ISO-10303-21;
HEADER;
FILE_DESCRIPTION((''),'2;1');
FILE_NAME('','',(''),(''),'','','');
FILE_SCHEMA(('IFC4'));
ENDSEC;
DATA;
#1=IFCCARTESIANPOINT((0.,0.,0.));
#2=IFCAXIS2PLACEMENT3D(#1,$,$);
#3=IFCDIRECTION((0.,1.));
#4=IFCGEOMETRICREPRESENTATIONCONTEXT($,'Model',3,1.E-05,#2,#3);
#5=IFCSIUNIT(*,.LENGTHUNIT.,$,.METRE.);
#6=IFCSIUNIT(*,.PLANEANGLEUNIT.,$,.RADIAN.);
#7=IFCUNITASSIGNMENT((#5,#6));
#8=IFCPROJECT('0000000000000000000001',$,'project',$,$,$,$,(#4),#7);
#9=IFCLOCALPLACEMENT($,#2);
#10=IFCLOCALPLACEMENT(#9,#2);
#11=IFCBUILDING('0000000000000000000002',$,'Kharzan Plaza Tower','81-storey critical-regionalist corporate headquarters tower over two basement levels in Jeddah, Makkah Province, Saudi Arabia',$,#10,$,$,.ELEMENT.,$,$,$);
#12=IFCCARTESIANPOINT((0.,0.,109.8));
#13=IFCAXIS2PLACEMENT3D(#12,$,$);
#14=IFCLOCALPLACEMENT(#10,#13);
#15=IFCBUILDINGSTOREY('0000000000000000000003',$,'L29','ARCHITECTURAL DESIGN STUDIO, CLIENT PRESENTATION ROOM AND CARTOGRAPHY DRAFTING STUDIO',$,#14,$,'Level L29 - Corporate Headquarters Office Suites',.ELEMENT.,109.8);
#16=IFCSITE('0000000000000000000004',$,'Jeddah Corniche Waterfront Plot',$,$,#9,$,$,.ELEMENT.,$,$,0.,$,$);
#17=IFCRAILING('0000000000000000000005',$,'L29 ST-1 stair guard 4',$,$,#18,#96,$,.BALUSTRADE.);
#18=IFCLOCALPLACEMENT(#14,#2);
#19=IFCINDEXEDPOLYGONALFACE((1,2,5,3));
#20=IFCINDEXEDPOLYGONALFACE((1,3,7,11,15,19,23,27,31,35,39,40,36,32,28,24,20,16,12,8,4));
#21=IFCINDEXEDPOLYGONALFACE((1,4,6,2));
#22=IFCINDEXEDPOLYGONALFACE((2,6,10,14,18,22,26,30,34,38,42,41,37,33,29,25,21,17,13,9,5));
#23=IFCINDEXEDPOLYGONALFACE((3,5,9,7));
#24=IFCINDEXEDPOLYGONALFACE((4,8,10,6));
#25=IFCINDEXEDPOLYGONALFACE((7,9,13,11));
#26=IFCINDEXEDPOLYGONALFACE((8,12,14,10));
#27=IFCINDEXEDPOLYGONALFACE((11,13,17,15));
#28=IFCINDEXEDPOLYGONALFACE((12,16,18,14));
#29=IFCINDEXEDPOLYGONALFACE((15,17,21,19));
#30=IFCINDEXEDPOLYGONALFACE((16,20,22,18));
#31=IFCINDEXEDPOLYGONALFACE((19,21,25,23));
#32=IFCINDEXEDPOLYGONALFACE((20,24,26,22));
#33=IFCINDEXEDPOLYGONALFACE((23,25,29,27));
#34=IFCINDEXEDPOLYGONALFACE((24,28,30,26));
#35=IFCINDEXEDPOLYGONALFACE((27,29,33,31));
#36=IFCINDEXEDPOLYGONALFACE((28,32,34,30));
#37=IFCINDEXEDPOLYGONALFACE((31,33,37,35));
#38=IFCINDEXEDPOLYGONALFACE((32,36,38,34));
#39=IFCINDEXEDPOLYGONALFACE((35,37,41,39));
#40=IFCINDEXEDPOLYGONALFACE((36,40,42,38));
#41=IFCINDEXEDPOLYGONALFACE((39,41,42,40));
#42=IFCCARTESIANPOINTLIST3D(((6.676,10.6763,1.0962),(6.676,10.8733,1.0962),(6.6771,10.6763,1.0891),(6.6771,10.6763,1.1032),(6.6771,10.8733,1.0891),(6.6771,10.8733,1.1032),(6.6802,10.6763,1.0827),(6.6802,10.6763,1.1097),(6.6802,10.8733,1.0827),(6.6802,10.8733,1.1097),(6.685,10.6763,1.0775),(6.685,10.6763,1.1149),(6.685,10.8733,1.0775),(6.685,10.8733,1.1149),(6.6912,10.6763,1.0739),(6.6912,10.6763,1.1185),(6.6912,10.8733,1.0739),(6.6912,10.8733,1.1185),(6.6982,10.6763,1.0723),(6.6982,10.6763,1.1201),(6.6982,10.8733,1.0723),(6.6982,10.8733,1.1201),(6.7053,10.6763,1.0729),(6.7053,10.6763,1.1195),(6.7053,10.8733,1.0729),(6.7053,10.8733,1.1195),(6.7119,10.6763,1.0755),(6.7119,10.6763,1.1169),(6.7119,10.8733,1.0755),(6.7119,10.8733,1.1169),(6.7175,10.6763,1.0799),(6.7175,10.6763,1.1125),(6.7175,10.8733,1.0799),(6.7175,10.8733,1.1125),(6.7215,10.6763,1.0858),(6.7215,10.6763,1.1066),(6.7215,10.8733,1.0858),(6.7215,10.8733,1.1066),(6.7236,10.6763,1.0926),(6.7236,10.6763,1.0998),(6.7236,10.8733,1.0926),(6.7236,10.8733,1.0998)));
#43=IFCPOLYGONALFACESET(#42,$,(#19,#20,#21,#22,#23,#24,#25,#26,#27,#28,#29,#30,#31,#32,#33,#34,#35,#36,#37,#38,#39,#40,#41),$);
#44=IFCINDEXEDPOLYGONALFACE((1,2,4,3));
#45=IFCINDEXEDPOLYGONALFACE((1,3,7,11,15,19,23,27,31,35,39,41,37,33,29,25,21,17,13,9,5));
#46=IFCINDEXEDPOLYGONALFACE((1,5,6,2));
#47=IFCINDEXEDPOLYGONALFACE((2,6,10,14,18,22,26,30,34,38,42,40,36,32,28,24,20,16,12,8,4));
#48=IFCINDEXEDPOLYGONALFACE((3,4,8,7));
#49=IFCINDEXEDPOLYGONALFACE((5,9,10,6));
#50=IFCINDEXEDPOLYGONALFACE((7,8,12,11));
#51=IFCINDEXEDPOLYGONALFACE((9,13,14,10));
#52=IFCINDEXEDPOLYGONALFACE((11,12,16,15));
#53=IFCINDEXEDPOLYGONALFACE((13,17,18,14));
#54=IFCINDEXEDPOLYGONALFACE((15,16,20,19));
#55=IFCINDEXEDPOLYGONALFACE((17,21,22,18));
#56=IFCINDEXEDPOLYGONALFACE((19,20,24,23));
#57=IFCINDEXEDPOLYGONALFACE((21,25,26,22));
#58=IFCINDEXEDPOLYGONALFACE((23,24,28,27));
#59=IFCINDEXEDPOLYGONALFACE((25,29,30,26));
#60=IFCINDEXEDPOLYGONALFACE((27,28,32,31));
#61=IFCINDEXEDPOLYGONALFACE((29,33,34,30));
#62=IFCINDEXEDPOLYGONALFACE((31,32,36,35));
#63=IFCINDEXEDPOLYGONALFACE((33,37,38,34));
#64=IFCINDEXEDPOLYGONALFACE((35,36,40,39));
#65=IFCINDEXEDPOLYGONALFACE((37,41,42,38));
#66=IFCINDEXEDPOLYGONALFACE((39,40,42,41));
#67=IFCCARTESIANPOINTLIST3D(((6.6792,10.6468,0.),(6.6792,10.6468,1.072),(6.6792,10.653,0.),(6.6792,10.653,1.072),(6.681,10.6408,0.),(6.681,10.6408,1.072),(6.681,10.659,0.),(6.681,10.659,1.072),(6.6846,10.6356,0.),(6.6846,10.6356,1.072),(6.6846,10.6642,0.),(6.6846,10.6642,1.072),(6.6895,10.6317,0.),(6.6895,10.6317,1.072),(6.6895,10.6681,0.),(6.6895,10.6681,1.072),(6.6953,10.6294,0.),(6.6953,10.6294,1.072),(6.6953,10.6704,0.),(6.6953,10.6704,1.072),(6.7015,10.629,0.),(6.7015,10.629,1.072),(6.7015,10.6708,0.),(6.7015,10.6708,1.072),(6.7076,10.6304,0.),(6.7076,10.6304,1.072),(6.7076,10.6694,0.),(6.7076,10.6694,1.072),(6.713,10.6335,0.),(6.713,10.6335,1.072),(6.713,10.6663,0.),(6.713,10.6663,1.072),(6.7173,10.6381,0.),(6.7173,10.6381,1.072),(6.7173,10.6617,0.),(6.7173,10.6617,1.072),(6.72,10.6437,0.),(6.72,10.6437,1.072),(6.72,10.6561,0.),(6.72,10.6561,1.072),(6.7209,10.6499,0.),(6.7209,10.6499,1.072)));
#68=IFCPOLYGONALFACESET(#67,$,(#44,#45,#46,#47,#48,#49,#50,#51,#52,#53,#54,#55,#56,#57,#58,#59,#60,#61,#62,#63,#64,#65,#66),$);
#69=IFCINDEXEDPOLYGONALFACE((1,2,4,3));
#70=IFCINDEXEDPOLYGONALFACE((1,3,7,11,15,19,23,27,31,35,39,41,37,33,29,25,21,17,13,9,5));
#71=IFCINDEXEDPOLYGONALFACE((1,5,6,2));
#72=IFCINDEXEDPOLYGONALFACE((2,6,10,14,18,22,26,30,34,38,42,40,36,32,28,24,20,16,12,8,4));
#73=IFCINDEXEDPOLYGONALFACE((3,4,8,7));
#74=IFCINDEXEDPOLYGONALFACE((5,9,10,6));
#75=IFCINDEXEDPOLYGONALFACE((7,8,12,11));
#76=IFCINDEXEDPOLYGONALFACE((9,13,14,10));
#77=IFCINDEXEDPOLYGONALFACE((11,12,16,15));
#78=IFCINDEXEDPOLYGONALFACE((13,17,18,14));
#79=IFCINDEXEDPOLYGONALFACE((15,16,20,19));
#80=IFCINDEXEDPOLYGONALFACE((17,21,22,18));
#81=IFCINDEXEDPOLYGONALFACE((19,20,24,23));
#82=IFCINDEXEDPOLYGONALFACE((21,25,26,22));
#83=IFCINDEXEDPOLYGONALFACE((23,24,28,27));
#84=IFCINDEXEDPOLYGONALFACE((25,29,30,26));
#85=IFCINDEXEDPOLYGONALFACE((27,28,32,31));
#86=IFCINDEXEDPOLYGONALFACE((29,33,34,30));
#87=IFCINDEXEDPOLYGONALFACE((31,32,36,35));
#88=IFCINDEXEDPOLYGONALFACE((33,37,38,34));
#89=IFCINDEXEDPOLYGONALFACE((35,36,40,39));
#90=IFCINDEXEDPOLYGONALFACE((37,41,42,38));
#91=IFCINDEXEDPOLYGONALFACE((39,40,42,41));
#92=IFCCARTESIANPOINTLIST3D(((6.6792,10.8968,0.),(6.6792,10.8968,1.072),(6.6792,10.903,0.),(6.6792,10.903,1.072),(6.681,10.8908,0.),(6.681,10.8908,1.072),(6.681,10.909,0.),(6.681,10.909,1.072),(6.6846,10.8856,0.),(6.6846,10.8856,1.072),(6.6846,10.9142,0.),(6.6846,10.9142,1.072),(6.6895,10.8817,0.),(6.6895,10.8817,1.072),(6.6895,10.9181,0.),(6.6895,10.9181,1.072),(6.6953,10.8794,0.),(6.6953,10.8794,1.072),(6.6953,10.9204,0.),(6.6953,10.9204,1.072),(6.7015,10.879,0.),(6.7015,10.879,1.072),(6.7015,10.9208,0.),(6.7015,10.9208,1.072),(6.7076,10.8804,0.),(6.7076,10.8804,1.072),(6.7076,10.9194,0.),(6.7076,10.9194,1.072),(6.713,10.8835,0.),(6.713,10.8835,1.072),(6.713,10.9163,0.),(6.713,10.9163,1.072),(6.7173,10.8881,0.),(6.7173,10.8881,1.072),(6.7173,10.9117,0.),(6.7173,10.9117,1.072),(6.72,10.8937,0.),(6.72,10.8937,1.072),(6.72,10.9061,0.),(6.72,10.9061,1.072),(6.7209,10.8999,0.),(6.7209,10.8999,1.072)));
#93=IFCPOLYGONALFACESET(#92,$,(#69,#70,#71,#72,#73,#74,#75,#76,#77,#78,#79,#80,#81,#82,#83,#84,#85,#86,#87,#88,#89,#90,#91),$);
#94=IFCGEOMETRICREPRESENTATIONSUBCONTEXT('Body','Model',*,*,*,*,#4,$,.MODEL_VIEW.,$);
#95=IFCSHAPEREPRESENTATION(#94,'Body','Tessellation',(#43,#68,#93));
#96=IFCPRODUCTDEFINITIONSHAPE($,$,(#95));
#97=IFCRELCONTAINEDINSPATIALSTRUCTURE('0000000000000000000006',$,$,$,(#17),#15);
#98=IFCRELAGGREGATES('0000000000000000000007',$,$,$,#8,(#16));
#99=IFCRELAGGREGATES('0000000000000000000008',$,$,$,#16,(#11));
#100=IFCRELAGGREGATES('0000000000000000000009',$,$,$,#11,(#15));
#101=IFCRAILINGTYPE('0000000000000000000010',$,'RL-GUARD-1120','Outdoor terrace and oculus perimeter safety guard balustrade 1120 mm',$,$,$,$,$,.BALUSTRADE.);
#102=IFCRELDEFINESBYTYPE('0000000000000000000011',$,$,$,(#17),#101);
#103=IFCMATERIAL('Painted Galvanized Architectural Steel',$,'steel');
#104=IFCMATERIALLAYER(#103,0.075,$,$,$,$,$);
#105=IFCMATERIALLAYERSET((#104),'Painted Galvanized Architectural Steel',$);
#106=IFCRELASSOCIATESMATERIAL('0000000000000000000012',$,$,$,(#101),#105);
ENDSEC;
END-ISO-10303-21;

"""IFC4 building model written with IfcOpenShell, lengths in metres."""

from ifc_helpers import new_model, si_unit, direction, frame, origin, origin_2d, place, context, subcontext, project, spatial, circle, extrude, source, transform, mapped, material, layer, layer_set, type_object, element, save


model = new_model("IFC4")

# Units and contexts
model_context = context("Model", 3, precision=1e-05, world=origin(), true_north=direction((0.0, 1.0)))
body_context = subcontext(model_context, "Body", "Model", "MODEL_VIEW")
ifc_project = project(units=[si_unit("LENGTHUNIT", "METRE"), si_unit("PLANEANGLEUNIT", "RADIAN")], contexts=[model_context])

# Site, building, storey
site_placement = place(None, origin())
site = spatial("IfcSite", under=ifc_project, at=site_placement, Name="Jeddah Corniche Waterfront Plot", CompositionType="ELEMENT", RefElevation=0.0)
building_placement = place(site_placement, origin())
building = spatial("IfcBuilding", under=site, at=building_placement, Name="Kharzan Plaza Tower", Description="81-storey critical-regionalist corporate headquarters tower over two basement levels in Jeddah, Makkah Province, Saudi Arabia", CompositionType="ELEMENT")
storey_placement = place(building_placement, frame((0.0, 0.0, 109.8)))
storey = spatial("IfcBuildingStorey", under=building, at=storey_placement, Name="L29", Description="ARCHITECTURAL DESIGN STUDIO, CLIENT PRESENTATION ROOM AND CARTOGRAPHY DRAFTING STUDIO", LongName="Level L29 - Corporate Headquarters Office Suites", CompositionType="ELEMENT", Elevation=109.8)

# Railing
ifc_material_1 = material(Name="Painted Galvanized Architectural Steel", Category="steel")
ifc_layer_1 = layer(ifc_material_1, 0.075)
ifc_layer_set_1 = layer_set([ifc_layer_1], Name="Painted Galvanized Architectural Steel")
railing_type_1 = type_object("IfcRailingType", Name="RL-GUARD-1120", Description="Outdoor terrace and oculus perimeter safety guard balustrade 1120 mm", PredefinedType="BALUSTRADE", material=ifc_layer_set_1)
shared_shape_1 = source(origin(), body_context, "Body", "SweptSolid", [
    extrude(circle(Radius=0.0239, at=origin_2d()), frame((0.0, 0.0264, 1.0962), z_axis=(0.0, 1.0, 0.0), x_axis=(-1.0, 0.0, 0.0)), (0.0, 0.0, 1.0), 0.197),
    extrude(circle(Radius=0.021, at=origin_2d()), origin(), (0.0, 0.0, 1.0), 1.072),
    extrude(circle(Radius=0.021, at=origin_2d()), frame((0.0, 0.25, 0.0)), (0.0, 0.0, 1.0), 1.072),
])
for number, where, name in (
    (1, (6.7, 10.6499, 0.0), "L29 ST-1 stair guard 4"),
):
    element("IfcRailing", number, at=place(storey_placement, frame(where)), inside=storey, type_object=railing_type_1, Name=name, PredefinedType="BALUSTRADE", context=body_context, shape_type="MappedRepresentation", body=[
        mapped(shared_shape_1, transform((0.0, 0.0, 0.0), x_axis=(1.0, 0.0, 0.0), y_axis=(0.0, 1.0, 0.0), z_axis=(0.0, 0.0, 1.0))),
    ])

save(model, "model.ifc")
